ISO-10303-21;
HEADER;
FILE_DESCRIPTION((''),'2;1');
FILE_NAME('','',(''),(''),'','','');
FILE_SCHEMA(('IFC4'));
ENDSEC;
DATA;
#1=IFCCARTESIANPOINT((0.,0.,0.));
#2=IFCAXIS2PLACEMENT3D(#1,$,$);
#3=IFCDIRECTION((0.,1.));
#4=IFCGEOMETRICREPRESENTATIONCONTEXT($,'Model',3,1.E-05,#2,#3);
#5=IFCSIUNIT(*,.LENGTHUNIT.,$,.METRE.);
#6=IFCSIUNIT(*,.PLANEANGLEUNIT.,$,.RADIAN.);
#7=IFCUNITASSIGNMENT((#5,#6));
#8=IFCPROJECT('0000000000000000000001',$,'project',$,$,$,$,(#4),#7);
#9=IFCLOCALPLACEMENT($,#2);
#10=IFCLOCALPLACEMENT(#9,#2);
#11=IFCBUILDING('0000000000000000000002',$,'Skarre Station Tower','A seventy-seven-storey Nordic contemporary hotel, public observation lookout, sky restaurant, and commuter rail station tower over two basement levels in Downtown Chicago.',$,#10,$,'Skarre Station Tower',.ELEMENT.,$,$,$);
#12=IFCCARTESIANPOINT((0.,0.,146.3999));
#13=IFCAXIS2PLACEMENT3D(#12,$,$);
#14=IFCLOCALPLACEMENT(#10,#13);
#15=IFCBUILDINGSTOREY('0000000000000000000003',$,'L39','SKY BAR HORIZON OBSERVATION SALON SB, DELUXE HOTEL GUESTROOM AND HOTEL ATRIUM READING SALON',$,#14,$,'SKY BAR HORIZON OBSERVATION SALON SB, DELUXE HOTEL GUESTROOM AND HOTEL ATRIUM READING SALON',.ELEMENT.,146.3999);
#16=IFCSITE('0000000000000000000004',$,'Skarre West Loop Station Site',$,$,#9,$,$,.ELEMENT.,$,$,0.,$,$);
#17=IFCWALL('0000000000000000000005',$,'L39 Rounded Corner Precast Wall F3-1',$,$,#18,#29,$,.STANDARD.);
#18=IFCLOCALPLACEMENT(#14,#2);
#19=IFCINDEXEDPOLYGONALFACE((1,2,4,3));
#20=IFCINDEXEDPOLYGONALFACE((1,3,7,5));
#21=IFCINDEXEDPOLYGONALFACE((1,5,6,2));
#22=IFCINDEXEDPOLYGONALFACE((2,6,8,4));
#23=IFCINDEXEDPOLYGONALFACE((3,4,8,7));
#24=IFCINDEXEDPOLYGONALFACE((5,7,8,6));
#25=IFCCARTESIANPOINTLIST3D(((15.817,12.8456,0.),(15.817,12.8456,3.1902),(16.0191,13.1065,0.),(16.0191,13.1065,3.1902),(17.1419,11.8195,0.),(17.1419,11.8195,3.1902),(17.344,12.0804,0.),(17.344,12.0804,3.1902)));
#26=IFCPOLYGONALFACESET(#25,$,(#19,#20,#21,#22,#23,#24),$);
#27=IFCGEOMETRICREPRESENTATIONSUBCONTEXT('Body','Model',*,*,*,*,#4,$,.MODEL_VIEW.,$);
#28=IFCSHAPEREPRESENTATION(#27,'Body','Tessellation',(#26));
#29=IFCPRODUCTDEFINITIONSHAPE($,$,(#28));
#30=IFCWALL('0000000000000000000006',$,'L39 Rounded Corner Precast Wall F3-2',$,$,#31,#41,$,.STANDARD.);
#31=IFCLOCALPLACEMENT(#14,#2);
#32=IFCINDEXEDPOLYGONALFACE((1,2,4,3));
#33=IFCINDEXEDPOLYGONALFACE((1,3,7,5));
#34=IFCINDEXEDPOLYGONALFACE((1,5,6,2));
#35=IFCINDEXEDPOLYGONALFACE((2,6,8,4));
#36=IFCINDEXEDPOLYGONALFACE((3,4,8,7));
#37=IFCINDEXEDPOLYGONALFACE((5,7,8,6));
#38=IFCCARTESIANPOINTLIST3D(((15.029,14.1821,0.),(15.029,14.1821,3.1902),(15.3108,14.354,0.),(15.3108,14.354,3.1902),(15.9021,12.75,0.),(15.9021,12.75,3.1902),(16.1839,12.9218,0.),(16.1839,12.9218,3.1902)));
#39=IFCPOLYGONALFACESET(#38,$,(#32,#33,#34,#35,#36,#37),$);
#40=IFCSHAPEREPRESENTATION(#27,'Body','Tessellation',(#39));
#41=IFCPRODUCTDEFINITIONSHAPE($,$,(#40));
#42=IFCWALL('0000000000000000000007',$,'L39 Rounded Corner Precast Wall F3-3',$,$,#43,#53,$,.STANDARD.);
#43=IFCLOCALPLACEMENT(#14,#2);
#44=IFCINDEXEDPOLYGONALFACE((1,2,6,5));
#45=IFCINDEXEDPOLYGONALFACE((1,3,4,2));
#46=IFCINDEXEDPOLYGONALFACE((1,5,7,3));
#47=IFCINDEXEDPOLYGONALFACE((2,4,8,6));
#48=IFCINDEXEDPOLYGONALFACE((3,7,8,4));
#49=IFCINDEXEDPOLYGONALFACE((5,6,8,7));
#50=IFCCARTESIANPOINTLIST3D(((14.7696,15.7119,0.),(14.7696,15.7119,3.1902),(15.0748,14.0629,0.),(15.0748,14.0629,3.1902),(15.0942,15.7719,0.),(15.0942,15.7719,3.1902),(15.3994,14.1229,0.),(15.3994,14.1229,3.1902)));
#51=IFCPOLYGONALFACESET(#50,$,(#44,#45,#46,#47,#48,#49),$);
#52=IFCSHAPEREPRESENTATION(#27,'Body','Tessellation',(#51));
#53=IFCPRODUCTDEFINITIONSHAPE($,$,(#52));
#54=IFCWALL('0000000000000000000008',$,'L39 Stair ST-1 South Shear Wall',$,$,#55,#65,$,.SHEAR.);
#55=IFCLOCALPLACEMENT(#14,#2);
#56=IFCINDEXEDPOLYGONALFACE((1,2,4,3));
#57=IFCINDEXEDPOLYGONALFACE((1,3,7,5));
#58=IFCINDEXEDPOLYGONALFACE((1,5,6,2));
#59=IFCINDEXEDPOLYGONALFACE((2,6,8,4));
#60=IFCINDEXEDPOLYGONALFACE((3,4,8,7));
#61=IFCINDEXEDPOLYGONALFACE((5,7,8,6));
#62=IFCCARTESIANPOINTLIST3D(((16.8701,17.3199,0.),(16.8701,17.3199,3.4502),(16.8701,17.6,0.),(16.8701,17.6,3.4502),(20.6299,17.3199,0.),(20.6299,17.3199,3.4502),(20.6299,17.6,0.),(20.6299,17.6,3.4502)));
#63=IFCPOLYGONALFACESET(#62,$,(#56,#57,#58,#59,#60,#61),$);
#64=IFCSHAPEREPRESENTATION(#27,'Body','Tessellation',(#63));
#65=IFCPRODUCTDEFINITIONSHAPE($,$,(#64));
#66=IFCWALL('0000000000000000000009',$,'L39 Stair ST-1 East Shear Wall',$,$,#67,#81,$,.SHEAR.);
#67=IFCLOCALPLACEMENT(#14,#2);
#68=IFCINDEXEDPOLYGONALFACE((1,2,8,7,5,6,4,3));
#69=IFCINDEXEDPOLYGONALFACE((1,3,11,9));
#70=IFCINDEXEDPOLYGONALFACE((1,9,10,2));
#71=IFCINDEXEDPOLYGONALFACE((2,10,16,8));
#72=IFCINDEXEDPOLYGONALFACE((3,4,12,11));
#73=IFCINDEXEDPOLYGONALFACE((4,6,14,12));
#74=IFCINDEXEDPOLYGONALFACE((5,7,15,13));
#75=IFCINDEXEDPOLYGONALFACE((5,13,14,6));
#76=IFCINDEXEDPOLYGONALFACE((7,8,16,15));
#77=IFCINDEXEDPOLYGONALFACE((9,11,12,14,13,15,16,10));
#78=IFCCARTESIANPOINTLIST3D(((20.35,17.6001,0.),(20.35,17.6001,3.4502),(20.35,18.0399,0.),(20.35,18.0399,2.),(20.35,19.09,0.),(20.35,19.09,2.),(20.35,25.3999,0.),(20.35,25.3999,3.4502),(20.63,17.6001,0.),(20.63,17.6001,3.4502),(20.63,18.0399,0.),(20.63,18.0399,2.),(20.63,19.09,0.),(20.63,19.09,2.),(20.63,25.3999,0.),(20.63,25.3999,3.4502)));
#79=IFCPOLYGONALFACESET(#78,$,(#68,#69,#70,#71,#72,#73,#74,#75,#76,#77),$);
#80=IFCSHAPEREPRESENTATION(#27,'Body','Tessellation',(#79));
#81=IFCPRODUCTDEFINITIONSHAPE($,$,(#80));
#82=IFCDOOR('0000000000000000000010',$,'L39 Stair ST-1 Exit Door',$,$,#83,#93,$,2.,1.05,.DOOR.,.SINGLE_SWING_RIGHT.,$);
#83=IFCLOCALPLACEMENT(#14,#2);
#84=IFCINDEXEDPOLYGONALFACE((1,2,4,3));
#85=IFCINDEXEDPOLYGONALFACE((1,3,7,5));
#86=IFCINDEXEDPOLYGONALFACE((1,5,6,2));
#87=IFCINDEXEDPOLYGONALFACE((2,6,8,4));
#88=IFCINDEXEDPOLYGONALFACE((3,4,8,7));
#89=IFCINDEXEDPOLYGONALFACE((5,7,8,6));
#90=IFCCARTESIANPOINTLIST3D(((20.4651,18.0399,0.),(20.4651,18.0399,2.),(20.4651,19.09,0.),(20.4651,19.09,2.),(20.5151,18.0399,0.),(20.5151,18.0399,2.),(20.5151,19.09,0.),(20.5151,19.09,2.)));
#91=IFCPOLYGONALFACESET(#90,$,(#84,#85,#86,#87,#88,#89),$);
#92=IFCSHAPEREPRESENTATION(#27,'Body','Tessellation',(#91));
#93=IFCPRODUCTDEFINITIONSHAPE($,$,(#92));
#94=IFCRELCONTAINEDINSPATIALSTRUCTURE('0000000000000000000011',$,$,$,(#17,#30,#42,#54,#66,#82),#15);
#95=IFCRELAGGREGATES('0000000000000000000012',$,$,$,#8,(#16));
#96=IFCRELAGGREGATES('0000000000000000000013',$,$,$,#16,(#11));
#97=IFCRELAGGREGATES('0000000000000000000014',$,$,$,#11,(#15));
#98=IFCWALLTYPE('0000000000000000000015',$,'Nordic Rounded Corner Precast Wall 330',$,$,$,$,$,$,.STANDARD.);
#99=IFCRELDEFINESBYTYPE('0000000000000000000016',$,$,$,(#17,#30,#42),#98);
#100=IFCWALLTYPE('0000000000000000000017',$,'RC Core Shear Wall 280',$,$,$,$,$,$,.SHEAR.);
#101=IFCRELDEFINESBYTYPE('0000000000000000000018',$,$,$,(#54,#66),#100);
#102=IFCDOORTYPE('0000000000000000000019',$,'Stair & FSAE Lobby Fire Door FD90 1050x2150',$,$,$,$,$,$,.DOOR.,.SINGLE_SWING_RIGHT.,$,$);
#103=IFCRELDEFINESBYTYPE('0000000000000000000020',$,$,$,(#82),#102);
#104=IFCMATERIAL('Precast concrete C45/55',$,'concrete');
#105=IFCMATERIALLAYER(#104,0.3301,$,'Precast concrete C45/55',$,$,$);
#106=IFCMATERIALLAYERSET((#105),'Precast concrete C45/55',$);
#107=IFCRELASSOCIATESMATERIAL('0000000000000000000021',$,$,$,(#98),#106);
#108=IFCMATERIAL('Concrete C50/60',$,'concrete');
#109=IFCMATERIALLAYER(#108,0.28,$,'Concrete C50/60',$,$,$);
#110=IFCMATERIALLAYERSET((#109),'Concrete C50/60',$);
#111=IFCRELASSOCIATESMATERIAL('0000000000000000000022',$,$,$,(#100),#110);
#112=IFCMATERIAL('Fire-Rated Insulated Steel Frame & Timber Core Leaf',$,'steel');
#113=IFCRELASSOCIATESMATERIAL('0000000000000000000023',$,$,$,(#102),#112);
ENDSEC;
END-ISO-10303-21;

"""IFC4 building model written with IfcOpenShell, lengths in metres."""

from ifc_helpers import new_model, si_unit, direction, frame, frame_2d, origin, place, context, subcontext, project, spatial, rectangle, extrude, material, layer, layer_set, type_object, element, fill, save


model = new_model("IFC4")

# Units and contexts
model_context = context("Model", 3, precision=1e-05, world=origin(), true_north=direction((0.0, 1.0)))
body_context = subcontext(model_context, "Body", "Model", "MODEL_VIEW")
ifc_project = project(units=[si_unit("LENGTHUNIT", "METRE"), si_unit("PLANEANGLEUNIT", "RADIAN")], contexts=[model_context])

# Site, building, storey
site_placement = place(None, origin())
site = spatial("IfcSite", under=ifc_project, at=site_placement, Name="Skarre West Loop Station Site", CompositionType="ELEMENT", RefElevation=0.0)
building_placement = place(site_placement, origin())
building = spatial("IfcBuilding", under=site, at=building_placement, Name="Skarre Station Tower", Description="A seventy-seven-storey Nordic contemporary hotel, public observation lookout, sky restaurant, and commuter rail station tower over two basement levels in Downtown Chicago.", LongName="Skarre Station Tower", CompositionType="ELEMENT")
storey_placement = place(building_placement, frame((0.0, 0.0, 146.3999)))
storey = spatial("IfcBuildingStorey", under=building, at=storey_placement, Name="L39", Description="SKY BAR HORIZON OBSERVATION SALON SB, DELUXE HOTEL GUESTROOM AND HOTEL ATRIUM READING SALON", LongName="SKY BAR HORIZON OBSERVATION SALON SB, DELUXE HOTEL GUESTROOM AND HOTEL ATRIUM READING SALON", CompositionType="ELEMENT", Elevation=146.3999)

# Shared definitions
ifc_material_1 = material(Name="Concrete C50/60", Category="concrete")

# Shared definitions
ifc_material_2 = material(Name="Precast concrete C45/55", Category="concrete")

# Walls
ifc_layer_1 = layer(ifc_material_2, 0.3301, Name="Precast concrete C45/55")
ifc_layer_set_1 = layer_set([ifc_layer_1], Name="Precast concrete C45/55")
wall_type_1 = type_object("IfcWallType", Name="Nordic Rounded Corner Precast Wall 330", PredefinedType="STANDARD", material=ifc_layer_set_1)
wall_1_placement = place(storey_placement, frame((17.2429, 11.95, 0.0), z_axis=(0.0, 0.0, 1.0), x_axis=(-0.790621, 0.612305, 0.0)))
element("IfcWall", 1, at=wall_1_placement, inside=storey, type_object=wall_type_1, Name="L39 Rounded Corner Precast Wall F3-1", PredefinedType="STANDARD", context=body_context, shape_type="SweptSolid", body=[
    extrude(rectangle(XDim=1.6758, YDim=0.3301, at=frame_2d((0.8379, 0.0))), origin(), (0.0, 0.0, 1.0), 3.1902),
])
wall_2_placement = place(storey_placement, frame((16.043, 12.8359, 0.0), z_axis=(0.0, 0.0, 1.0), x_axis=(-0.520519, 0.85385, 0.0)))
element("IfcWall", 2, at=wall_2_placement, inside=storey, type_object=wall_type_1, Name="L39 Rounded Corner Precast Wall F3-2", PredefinedType="STANDARD", context=body_context, shape_type="SweptSolid", body=[
    extrude(rectangle(XDim=1.6772, YDim=0.3301, at=frame_2d((0.8386, 0.0))), origin(), (0.0, 0.0, 1.0), 3.1902),
])
wall_3_placement = place(storey_placement, frame((15.2371, 14.093, 0.0), z_axis=(0.0, 0.0, 1.0), x_axis=(-0.181985, 0.983301, 0.0)))
element("IfcWall", 3, at=wall_3_placement, inside=storey, type_object=wall_type_1, Name="L39 Rounded Corner Precast Wall F3-3", PredefinedType="STANDARD", context=body_context, shape_type="SweptSolid", body=[
    extrude(rectangle(XDim=1.677, YDim=0.3301, at=frame_2d((0.8384, 0.0))), origin(), (0.0, 0.0, 1.0), 3.1902),
])
ifc_layer_2 = layer(ifc_material_1, 0.28, Name="Concrete C50/60")
ifc_layer_set_2 = layer_set([ifc_layer_2], Name="Concrete C50/60")
wall_type_2 = type_object("IfcWallType", Name="RC Core Shear Wall 280", PredefinedType="SHEAR", material=ifc_layer_set_2)
wall_4_placement = place(storey_placement, frame((16.8701, 17.46, 0.0), z_axis=(0.0, 0.0, 1.0), x_axis=(1.0, 0.0, 0.0)))
element("IfcWall", 4, at=wall_4_placement, inside=storey, type_object=wall_type_2, Name="L39 Stair ST-1 South Shear Wall", PredefinedType="SHEAR", context=body_context, shape_type="SweptSolid", body=[
    extrude(rectangle(XDim=3.7598, YDim=0.28, at=frame_2d((1.8799, 0.0))), origin(), (0.0, 0.0, 1.0), 3.4502),
])

# Wall, opening, door
wall_5_placement = place(storey_placement, frame((20.49, 17.6001, 0.0), z_axis=(0.0, 0.0, 1.0), x_axis=(0.0, 1.0, 0.0)))
wall_5 = element("IfcWall", 5, at=wall_5_placement, inside=storey, type_object=wall_type_2, Name="L39 Stair ST-1 East Shear Wall", PredefinedType="SHEAR", context=body_context, shape_type="SweptSolid", body=[
    extrude(rectangle(XDim=7.7998, YDim=0.28, at=frame_2d((3.8999, 0.0))), origin(), (0.0, 0.0, 1.0), 3.4502),
])
opening_1_placement = place(wall_5_placement, frame((0.4399, 0.0, 0.0)))
opening_1 = element("IfcOpeningElement", 6, at=opening_1_placement, cuts=wall_5, PredefinedType="OPENING", context=body_context, shape_type="SweptSolid", body=[
    extrude(rectangle(XDim=1.05, YDim=2.0, at=frame_2d((0.5249, 1.0))), frame((0.0, 0.1499, 0.0), z_axis=(0.0, -1.0, 0.0), x_axis=(1.0, 0.0, 0.0)), (0.0, 0.0, 1.0), 0.3),
])
ifc_material_3 = material(Name="Fire-Rated Insulated Steel Frame & Timber Core Leaf", Category="steel")
door_type_1 = type_object("IfcDoorType", Name="Stair & FSAE Lobby Fire Door FD90 1050x2150", OperationType="SINGLE_SWING_RIGHT", PredefinedType="DOOR", material=ifc_material_3)
door_1_placement = place(opening_1_placement, origin())
door_1 = element("IfcDoor", 7, at=door_1_placement, inside=storey, type_object=door_type_1, Name="L39 Stair ST-1 Exit Door", OperationType="SINGLE_SWING_RIGHT", OverallHeight=2.0, OverallWidth=1.05, PredefinedType="DOOR", context=body_context, shape_type="SweptSolid", body=[
    extrude(rectangle(XDim=1.05, YDim=2.0, at=frame_2d((0.5249, 1.0))), frame((0.0, 0.0249, 0.0), z_axis=(0.0, -1.0, 0.0), x_axis=(1.0, 0.0, 0.0)), (0.0, 0.0, 1.0), 0.05),
])
fill(opening_1, door_1)

save(model, "model.ifc")
